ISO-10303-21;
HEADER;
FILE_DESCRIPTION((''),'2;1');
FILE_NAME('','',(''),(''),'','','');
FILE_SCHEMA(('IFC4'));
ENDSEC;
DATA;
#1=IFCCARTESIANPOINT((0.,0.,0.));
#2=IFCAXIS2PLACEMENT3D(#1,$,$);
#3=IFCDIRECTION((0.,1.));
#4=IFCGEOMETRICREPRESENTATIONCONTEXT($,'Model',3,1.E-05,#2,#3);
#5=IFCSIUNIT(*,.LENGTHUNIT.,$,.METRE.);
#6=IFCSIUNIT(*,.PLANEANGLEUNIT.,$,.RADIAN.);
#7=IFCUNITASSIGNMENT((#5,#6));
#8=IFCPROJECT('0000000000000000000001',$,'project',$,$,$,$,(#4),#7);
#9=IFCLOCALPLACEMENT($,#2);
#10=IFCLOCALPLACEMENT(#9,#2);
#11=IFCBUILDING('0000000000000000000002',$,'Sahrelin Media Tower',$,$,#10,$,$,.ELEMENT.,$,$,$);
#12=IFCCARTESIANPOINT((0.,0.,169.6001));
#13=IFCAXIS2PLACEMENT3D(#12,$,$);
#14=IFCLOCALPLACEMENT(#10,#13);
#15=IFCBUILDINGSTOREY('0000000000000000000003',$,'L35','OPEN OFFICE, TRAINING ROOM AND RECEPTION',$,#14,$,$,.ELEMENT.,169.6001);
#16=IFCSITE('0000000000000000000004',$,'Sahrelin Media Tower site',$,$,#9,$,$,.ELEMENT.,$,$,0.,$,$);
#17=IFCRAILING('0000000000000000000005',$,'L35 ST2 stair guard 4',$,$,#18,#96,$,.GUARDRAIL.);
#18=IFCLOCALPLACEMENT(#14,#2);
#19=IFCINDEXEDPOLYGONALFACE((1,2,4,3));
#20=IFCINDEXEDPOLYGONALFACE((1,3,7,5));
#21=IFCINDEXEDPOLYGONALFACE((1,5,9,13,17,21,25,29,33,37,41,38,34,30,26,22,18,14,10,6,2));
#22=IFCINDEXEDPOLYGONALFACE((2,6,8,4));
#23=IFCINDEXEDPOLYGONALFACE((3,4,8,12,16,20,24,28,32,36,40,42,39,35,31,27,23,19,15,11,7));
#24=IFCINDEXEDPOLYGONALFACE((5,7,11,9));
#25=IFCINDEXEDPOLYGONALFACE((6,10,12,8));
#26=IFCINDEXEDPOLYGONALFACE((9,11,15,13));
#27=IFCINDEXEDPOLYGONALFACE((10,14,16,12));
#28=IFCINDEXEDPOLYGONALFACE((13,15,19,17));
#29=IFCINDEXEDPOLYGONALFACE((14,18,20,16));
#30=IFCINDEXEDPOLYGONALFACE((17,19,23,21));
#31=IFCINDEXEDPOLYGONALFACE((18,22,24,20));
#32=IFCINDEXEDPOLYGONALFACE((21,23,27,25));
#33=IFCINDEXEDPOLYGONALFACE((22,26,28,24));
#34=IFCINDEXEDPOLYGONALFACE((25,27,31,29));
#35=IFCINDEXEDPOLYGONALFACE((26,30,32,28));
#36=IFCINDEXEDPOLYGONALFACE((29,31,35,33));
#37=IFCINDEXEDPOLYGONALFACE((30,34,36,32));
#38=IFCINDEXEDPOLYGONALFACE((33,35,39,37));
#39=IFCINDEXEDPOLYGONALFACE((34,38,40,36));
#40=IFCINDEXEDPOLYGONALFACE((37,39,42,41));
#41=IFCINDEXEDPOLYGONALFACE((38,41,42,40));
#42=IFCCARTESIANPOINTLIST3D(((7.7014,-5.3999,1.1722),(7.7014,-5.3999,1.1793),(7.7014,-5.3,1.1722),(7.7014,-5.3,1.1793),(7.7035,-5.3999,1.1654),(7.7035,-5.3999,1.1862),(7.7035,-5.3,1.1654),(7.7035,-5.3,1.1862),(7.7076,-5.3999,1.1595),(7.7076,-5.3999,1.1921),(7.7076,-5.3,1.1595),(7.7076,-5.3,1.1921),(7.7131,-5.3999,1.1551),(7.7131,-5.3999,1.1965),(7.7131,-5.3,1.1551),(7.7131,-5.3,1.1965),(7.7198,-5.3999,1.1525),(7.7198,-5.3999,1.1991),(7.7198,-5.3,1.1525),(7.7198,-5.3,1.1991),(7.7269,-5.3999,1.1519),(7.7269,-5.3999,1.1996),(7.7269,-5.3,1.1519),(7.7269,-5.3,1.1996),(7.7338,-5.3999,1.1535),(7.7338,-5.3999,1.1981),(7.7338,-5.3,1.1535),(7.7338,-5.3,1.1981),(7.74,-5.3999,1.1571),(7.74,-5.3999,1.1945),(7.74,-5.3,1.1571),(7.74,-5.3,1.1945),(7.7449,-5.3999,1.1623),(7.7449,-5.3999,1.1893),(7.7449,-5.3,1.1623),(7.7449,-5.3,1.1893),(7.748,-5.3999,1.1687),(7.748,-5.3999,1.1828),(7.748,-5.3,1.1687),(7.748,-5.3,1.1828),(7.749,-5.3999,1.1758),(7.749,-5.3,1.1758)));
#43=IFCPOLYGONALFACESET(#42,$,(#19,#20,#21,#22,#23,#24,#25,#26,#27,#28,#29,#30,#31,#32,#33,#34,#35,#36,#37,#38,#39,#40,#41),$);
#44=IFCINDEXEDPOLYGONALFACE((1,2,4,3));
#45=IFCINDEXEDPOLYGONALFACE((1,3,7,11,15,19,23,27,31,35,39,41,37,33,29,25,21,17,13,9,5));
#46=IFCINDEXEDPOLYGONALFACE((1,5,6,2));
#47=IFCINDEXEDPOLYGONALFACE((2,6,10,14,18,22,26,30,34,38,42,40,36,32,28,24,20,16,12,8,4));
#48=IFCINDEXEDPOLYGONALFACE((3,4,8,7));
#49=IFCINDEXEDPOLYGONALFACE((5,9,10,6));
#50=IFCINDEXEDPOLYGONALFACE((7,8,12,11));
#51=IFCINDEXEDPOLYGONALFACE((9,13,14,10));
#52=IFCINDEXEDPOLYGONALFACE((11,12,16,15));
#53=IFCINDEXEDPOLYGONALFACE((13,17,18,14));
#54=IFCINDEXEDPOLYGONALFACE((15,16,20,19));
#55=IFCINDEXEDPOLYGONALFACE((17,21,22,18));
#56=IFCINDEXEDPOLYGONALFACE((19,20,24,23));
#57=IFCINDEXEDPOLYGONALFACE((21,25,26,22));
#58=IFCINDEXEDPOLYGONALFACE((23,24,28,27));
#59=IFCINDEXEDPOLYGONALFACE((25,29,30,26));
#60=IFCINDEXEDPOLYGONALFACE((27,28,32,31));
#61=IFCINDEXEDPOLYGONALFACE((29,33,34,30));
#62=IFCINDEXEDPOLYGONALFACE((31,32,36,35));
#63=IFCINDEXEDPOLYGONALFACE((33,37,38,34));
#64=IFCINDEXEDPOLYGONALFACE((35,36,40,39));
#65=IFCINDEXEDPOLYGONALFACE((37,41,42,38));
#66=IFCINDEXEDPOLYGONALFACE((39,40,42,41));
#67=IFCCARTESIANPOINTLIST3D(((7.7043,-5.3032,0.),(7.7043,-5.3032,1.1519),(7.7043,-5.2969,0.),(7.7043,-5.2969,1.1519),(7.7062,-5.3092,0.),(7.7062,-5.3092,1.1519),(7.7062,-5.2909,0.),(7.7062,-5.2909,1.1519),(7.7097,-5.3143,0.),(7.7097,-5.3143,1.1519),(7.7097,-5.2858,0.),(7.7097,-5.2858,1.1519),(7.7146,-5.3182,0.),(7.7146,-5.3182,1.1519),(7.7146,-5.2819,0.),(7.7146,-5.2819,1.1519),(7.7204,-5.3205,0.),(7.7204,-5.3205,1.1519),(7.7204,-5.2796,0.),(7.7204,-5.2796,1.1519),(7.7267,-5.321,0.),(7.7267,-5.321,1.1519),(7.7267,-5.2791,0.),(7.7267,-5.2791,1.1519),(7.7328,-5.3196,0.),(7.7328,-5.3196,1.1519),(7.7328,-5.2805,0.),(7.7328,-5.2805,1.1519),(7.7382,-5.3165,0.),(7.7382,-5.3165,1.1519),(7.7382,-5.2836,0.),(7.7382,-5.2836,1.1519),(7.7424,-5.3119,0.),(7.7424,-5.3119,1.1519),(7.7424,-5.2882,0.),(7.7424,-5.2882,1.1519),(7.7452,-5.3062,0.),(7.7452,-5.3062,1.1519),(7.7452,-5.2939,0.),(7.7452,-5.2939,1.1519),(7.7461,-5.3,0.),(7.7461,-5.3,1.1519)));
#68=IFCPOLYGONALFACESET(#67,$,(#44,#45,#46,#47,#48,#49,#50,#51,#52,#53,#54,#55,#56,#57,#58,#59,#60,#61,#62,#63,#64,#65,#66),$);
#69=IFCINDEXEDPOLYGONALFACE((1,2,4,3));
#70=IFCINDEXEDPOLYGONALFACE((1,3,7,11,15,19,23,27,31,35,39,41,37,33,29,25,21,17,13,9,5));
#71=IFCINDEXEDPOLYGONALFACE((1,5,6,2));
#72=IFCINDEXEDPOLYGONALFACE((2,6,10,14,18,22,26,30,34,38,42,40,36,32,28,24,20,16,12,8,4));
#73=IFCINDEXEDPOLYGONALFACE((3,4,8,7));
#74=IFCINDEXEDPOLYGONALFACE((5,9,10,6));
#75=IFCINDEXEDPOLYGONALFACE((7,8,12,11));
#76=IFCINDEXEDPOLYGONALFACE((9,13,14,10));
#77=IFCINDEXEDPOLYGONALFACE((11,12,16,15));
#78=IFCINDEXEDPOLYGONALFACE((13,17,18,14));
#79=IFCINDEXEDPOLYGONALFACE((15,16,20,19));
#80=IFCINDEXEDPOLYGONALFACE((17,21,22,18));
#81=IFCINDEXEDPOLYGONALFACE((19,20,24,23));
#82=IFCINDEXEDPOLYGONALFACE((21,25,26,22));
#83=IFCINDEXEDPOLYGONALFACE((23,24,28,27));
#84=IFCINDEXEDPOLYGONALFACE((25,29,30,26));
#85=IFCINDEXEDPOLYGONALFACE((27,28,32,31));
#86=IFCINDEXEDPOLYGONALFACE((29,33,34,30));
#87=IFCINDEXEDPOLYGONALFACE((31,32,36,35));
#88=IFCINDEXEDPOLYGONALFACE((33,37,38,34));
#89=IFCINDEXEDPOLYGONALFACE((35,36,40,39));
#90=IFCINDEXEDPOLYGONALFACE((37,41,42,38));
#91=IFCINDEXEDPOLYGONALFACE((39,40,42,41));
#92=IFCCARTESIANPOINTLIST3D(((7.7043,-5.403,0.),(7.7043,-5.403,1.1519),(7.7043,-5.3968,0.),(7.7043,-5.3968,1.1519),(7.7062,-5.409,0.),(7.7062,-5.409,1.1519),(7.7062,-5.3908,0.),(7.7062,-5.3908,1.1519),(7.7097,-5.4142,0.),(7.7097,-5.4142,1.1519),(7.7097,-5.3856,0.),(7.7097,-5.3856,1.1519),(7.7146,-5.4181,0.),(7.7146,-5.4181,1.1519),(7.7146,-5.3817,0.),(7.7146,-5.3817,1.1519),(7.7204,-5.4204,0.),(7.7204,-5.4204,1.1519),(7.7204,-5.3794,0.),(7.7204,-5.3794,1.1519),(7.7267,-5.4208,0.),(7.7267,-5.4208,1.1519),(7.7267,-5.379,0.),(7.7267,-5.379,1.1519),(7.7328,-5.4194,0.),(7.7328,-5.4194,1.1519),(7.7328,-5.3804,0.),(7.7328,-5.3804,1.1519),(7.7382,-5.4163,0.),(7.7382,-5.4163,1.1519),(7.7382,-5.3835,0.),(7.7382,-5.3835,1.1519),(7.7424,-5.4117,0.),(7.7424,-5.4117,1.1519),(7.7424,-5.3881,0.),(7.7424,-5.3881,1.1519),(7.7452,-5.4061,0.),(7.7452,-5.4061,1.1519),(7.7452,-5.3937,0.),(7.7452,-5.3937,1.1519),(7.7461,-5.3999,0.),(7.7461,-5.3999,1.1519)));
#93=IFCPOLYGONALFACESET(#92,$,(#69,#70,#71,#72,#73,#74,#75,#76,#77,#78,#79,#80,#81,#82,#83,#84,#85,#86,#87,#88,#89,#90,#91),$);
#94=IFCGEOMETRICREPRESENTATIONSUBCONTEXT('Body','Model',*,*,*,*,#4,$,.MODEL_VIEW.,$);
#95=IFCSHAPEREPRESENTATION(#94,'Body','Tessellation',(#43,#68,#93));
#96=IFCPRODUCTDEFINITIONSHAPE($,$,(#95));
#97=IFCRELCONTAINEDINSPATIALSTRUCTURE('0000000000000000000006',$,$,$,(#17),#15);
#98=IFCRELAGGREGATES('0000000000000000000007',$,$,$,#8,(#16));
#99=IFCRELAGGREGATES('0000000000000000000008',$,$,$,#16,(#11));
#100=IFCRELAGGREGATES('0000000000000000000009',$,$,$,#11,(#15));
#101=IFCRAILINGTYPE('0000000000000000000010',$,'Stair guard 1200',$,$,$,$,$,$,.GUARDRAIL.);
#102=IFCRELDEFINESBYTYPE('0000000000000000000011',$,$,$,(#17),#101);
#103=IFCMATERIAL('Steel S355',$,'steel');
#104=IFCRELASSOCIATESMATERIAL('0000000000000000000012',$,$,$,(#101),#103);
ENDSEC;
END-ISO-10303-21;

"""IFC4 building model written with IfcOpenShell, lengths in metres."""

from ifc_helpers import new_model, si_unit, direction, frame, origin, origin_2d, place, context, subcontext, project, spatial, circle, extrude, material, type_object, element, save


model = new_model("IFC4")

# Units and contexts
model_context = context("Model", 3, precision=1e-05, world=origin(), true_north=direction((0.0, 1.0)))
body_context = subcontext(model_context, "Body", "Model", "MODEL_VIEW")
ifc_project = project(units=[si_unit("LENGTHUNIT", "METRE"), si_unit("PLANEANGLEUNIT", "RADIAN")], contexts=[model_context])

# Site, building, storey
site_placement = place(None, origin())
site = spatial("IfcSite", under=ifc_project, at=site_placement, Name="Sahrelin Media Tower site", CompositionType="ELEMENT", RefElevation=0.0)
building_placement = place(site_placement, origin())
building = spatial("IfcBuilding", under=site, at=building_placement, Name="Sahrelin Media Tower", CompositionType="ELEMENT")
storey_placement = place(building_placement, frame((0.0, 0.0, 169.6001)))
storey = spatial("IfcBuildingStorey", under=building, at=storey_placement, Name="L35", Description="OPEN OFFICE, TRAINING ROOM AND RECEPTION", CompositionType="ELEMENT", Elevation=169.6001)

# Shared definitions
ifc_material_1 = material(Name="Steel S355", Category="steel")

# Railing
railing_type_1 = type_object("IfcRailingType", Name="Stair guard 1200", PredefinedType="GUARDRAIL", material=ifc_material_1)
railing_1_placement = place(storey_placement, frame((7.7251, -5.3, 0.0)))
element("IfcRailing", 1, at=railing_1_placement, inside=storey, type_object=railing_type_1, Name="L35 ST2 stair guard 4", PredefinedType="GUARDRAIL", context=body_context, shape_type="SweptSolid", body=[
    extrude(circle(Radius=0.0239, at=origin_2d()), frame((0.0, 0.0, 1.1758), z_axis=(0.0, -1.0, 0.0), x_axis=(1.0, 0.0, 0.0)), (0.0, 0.0, 1.0), 0.0999),
    extrude(circle(Radius=0.021, at=origin_2d()), origin(), (0.0, 0.0, 1.0), 1.1519),
    extrude(circle(Radius=0.021, at=origin_2d()), frame((0.0, -0.0999, 0.0)), (0.0, 0.0, 1.0), 1.1519),
])

save(model, "model.ifc")
